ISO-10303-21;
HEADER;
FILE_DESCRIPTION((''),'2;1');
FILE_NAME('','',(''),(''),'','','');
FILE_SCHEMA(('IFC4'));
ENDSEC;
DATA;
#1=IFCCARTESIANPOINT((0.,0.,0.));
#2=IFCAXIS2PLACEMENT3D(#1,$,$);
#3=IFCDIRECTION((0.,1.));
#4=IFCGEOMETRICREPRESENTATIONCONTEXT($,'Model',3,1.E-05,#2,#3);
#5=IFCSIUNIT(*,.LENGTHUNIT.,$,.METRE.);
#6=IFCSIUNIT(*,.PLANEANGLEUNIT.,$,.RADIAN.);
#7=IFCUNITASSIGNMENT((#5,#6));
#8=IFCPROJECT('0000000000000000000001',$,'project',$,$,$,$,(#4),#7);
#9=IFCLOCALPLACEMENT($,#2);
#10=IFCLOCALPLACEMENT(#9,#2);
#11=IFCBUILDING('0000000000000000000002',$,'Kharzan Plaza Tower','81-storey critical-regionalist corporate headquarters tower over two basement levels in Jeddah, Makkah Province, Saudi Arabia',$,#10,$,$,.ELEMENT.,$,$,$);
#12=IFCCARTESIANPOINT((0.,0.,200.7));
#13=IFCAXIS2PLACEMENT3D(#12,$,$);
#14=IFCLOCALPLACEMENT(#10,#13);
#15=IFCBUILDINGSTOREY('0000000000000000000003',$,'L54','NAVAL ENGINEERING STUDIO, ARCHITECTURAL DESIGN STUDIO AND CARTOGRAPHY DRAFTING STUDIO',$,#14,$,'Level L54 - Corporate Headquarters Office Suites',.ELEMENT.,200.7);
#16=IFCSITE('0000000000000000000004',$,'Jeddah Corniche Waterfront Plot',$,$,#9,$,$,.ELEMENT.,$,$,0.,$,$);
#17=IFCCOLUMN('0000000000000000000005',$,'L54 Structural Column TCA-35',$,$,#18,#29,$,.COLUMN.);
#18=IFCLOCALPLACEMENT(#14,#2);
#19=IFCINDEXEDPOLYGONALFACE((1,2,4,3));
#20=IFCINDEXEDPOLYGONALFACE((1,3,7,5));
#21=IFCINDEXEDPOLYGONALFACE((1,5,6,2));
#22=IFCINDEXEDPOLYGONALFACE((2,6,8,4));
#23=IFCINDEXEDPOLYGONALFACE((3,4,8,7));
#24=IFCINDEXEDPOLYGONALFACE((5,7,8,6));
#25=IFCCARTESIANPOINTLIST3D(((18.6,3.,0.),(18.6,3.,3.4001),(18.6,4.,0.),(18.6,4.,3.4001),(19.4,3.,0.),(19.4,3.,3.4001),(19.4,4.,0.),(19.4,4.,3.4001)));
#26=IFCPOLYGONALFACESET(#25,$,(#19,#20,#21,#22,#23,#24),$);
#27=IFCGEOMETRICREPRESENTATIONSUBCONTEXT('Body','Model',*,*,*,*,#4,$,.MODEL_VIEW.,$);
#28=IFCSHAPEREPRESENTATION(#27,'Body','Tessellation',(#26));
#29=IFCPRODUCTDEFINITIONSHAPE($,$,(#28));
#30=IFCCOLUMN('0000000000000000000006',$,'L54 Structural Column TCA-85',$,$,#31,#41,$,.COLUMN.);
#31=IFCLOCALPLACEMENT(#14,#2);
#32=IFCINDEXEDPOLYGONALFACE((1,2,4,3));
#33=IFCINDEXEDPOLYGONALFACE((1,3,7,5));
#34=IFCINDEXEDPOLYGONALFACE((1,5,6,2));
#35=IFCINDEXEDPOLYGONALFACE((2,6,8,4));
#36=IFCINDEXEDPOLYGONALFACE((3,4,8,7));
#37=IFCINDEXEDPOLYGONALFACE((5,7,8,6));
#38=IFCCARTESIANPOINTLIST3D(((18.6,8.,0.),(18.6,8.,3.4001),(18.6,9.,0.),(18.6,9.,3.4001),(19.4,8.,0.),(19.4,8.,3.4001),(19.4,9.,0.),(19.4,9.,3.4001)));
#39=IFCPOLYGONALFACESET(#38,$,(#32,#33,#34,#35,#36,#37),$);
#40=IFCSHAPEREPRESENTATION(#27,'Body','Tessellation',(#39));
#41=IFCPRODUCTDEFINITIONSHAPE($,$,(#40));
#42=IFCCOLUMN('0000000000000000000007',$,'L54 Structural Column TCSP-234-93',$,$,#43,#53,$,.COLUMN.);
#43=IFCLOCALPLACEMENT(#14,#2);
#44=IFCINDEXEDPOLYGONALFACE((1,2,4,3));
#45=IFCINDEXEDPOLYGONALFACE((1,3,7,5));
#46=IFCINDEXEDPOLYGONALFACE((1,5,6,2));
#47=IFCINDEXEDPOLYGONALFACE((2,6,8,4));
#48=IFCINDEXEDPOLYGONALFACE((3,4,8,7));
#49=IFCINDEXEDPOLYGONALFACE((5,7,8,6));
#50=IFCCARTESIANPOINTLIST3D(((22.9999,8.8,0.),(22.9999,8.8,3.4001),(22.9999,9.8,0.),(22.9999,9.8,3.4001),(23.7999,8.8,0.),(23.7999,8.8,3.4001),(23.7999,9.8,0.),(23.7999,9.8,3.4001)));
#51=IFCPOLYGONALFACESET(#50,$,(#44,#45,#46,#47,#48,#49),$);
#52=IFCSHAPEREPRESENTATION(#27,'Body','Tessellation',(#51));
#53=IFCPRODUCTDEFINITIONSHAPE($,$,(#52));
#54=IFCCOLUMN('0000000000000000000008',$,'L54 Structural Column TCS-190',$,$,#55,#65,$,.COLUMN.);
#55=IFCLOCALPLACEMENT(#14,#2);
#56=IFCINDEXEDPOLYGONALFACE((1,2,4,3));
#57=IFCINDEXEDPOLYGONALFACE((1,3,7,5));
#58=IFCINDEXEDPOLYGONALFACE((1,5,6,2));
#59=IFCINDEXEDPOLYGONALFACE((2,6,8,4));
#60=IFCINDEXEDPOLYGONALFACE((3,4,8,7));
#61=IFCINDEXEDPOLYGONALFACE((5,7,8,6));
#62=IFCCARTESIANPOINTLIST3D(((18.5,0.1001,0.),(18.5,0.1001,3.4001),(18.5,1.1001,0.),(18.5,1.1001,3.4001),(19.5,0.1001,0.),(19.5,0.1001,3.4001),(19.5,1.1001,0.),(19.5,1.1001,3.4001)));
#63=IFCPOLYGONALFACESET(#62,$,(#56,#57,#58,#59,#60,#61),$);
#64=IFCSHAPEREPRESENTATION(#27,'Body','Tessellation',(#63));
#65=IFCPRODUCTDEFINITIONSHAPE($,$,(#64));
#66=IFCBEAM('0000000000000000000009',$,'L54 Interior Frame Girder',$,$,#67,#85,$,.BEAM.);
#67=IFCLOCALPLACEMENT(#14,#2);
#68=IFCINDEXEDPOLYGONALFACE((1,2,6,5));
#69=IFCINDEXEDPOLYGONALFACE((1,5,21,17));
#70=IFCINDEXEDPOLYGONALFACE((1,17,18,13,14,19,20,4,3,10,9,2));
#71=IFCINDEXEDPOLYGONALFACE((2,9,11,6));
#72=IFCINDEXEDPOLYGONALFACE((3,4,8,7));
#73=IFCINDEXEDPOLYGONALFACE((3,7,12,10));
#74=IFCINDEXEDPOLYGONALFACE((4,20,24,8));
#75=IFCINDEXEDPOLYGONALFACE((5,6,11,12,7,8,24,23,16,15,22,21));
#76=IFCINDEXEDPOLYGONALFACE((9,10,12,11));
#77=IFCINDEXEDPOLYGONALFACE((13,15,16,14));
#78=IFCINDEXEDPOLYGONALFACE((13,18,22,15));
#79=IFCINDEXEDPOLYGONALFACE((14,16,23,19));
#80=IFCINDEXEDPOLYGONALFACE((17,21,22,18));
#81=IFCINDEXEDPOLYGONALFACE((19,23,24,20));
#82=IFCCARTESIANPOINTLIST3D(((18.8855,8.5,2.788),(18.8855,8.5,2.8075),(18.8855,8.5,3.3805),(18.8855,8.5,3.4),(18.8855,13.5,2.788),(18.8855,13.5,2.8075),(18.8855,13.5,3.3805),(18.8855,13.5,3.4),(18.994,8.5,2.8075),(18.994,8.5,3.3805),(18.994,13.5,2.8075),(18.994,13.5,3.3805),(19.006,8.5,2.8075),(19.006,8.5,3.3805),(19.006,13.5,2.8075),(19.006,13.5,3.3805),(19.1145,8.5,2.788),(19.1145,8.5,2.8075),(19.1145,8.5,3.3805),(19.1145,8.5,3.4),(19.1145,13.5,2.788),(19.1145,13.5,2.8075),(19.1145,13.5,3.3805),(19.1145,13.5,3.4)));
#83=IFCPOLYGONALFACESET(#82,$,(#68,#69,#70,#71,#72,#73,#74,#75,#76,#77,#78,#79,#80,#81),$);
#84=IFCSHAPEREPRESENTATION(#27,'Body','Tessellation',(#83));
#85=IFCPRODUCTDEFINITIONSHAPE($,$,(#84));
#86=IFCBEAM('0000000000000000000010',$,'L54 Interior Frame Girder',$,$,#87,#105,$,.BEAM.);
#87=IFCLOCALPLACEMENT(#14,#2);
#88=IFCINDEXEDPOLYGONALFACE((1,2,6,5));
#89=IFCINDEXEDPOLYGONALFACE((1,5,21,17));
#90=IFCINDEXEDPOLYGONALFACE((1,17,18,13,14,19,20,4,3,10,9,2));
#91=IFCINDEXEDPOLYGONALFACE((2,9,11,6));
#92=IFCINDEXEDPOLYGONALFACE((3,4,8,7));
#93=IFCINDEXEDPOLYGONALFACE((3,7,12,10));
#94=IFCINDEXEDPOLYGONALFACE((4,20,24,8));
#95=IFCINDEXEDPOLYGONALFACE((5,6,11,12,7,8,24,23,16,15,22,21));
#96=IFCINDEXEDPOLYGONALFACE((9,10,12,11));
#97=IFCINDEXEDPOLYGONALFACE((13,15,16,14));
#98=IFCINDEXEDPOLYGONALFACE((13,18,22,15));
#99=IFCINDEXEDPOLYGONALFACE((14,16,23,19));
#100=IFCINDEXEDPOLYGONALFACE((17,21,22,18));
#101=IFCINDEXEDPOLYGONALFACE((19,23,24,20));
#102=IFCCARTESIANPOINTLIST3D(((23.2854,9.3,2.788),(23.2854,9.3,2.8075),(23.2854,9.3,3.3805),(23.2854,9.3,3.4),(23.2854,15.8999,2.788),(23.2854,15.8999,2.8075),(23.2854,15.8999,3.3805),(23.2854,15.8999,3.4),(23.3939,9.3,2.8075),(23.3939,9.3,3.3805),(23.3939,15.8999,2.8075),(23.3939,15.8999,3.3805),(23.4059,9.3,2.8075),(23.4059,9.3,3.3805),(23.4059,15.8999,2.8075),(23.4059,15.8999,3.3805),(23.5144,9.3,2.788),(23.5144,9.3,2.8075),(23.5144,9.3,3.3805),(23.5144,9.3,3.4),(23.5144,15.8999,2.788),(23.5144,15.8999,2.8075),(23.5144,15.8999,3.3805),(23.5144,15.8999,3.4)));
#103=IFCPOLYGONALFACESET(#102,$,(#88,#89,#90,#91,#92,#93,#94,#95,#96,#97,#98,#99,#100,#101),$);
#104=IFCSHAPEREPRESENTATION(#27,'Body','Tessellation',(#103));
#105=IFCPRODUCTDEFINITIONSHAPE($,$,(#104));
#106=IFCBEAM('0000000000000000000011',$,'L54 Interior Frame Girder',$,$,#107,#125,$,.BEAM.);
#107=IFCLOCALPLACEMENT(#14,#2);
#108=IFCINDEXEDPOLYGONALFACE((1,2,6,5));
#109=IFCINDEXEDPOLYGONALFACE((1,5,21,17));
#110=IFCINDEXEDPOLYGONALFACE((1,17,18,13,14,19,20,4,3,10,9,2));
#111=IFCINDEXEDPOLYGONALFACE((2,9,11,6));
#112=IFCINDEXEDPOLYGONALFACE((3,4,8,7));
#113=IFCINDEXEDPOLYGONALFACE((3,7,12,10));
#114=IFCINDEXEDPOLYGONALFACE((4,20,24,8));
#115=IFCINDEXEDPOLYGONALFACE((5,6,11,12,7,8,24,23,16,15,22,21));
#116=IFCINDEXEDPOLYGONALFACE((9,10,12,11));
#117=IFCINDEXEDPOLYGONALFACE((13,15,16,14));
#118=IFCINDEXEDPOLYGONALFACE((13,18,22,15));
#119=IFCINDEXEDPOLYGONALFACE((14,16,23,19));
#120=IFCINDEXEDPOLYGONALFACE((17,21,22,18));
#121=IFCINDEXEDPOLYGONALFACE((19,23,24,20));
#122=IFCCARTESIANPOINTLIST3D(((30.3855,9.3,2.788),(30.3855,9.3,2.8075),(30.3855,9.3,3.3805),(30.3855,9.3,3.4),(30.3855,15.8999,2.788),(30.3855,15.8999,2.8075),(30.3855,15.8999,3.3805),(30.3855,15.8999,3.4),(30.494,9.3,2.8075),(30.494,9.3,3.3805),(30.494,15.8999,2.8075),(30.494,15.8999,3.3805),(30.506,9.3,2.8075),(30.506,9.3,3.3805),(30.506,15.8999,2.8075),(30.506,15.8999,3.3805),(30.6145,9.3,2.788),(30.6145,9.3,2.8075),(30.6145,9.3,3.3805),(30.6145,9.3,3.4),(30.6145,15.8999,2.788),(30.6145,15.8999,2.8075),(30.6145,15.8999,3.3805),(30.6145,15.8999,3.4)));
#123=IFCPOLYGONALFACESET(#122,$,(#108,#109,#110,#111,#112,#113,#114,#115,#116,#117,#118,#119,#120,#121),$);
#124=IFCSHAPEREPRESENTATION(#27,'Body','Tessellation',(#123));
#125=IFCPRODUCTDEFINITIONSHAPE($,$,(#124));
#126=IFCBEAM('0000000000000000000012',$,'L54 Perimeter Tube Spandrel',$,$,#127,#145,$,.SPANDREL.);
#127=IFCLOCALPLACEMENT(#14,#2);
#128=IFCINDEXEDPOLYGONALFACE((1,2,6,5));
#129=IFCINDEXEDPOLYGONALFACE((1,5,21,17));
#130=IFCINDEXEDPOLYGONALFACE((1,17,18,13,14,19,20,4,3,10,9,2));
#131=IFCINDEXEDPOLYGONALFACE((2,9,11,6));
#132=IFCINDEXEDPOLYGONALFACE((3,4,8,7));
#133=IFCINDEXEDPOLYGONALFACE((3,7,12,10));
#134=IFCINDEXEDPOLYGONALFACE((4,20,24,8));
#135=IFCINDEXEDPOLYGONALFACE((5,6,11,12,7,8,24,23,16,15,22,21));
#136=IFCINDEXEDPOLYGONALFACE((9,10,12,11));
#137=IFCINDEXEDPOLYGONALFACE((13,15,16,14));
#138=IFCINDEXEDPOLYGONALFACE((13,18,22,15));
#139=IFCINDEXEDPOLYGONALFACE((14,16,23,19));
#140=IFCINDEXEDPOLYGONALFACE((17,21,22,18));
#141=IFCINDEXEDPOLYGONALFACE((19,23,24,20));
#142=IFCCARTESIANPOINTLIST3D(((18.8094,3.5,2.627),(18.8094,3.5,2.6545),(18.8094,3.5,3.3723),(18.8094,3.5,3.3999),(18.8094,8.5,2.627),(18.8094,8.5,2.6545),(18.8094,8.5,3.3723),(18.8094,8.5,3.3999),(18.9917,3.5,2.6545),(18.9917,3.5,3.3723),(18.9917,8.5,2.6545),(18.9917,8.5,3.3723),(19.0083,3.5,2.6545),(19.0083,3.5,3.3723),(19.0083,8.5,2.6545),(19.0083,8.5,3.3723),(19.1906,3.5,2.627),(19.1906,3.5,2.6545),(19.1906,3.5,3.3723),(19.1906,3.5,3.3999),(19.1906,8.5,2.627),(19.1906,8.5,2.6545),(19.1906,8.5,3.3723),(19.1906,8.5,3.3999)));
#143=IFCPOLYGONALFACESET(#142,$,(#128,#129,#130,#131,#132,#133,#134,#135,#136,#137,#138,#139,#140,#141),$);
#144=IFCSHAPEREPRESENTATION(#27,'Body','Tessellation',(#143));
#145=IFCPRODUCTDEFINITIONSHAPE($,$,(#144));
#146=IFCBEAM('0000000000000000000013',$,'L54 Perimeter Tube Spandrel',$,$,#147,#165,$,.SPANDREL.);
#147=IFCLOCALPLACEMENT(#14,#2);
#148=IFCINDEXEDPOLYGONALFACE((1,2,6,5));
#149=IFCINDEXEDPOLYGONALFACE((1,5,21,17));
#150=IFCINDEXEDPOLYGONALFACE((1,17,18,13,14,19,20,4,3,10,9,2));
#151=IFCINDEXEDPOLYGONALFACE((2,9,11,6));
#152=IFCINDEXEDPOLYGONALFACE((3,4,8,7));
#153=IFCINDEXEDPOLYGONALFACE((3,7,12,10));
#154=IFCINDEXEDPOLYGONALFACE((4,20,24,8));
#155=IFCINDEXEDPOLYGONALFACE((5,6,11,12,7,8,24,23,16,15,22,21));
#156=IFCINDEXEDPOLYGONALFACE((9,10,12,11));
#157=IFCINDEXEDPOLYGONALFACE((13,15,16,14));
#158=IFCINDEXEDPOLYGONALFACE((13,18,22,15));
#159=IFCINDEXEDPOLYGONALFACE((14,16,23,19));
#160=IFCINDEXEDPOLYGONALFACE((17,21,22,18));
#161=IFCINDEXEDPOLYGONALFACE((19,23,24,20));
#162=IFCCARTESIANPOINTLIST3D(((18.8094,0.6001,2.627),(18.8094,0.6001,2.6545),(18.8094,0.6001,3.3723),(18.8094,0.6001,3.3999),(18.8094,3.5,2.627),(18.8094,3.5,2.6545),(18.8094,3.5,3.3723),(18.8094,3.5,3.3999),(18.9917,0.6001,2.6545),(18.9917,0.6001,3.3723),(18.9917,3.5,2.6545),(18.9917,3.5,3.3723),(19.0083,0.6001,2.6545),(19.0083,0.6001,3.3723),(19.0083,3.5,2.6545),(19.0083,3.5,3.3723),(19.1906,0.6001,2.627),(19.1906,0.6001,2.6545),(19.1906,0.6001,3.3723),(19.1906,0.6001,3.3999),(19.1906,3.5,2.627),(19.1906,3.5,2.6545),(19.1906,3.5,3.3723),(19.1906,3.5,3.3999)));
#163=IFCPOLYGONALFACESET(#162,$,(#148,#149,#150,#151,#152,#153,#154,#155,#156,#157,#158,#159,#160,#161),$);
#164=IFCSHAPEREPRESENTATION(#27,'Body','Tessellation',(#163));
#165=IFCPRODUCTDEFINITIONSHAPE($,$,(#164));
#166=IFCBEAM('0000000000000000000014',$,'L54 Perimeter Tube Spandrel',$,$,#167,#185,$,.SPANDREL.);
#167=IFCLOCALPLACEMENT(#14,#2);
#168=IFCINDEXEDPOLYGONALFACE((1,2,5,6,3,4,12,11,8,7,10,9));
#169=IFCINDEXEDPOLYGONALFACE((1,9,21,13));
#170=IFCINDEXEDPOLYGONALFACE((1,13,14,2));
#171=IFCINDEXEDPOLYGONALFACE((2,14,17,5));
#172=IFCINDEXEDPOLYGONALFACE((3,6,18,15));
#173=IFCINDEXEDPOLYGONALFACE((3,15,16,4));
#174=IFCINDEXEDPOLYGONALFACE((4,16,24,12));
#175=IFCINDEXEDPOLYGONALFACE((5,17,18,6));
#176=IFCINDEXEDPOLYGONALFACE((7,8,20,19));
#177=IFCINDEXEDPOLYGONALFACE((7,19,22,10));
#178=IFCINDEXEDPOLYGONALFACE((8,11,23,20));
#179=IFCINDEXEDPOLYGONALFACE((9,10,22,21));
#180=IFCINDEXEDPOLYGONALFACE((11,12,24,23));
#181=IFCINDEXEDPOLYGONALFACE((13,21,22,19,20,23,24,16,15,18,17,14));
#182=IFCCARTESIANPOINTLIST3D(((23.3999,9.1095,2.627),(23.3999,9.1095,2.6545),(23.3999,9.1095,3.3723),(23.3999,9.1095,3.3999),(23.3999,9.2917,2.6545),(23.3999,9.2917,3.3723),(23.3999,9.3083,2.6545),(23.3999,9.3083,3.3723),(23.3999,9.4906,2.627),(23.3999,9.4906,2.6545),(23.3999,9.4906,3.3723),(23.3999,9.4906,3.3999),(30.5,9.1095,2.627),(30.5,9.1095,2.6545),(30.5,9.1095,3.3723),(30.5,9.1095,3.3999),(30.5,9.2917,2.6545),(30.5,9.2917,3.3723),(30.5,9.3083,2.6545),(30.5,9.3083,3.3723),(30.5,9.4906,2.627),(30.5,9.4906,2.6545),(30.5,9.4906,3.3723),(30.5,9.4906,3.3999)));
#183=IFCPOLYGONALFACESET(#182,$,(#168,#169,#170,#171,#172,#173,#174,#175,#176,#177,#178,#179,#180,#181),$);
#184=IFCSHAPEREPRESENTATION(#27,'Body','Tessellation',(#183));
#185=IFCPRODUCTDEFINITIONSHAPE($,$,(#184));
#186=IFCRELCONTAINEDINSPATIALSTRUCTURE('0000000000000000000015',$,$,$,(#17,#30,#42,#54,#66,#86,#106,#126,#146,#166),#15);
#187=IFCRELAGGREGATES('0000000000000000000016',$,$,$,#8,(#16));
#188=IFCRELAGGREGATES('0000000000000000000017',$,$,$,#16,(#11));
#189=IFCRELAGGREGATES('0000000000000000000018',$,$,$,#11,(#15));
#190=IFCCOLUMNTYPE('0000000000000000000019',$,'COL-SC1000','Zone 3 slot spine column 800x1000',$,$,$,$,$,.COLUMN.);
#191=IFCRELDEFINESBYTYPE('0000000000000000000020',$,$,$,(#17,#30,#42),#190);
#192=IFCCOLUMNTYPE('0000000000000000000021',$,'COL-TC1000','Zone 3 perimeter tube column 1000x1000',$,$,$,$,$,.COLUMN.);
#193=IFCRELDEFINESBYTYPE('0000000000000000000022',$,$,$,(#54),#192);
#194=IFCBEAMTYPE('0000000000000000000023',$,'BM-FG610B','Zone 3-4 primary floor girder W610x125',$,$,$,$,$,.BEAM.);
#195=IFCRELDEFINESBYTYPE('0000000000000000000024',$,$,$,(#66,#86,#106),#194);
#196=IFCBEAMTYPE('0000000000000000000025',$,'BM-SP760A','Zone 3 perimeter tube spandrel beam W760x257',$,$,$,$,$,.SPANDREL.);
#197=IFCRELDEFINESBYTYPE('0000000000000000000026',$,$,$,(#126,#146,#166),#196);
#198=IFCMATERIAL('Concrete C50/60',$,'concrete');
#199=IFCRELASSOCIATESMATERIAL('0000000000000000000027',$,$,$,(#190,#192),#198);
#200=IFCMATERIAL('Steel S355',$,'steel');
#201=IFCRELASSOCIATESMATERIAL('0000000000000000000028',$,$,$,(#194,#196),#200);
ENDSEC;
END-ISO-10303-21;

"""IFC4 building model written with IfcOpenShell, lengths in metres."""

from ifc_helpers import new_model, si_unit, direction, frame, origin, origin_2d, place, context, subcontext, project, spatial, rectangle, i_section, extrude, source, transform, mapped, material, material_profile, profile_set, type_object, element, save


model = new_model("IFC4")

# Units and contexts
model_context = context("Model", 3, precision=1e-05, world=origin(), true_north=direction((0.0, 1.0)))
body_context = subcontext(model_context, "Body", "Model", "MODEL_VIEW")
ifc_project = project(units=[si_unit("LENGTHUNIT", "METRE"), si_unit("PLANEANGLEUNIT", "RADIAN")], contexts=[model_context])

# Site, building, storey
site_placement = place(None, origin())
site = spatial("IfcSite", under=ifc_project, at=site_placement, Name="Jeddah Corniche Waterfront Plot", CompositionType="ELEMENT", RefElevation=0.0)
building_placement = place(site_placement, origin())
building = spatial("IfcBuilding", under=site, at=building_placement, Name="Kharzan Plaza Tower", Description="81-storey critical-regionalist corporate headquarters tower over two basement levels in Jeddah, Makkah Province, Saudi Arabia", CompositionType="ELEMENT")
storey_placement = place(building_placement, frame((0.0, 0.0, 200.7)))
storey = spatial("IfcBuildingStorey", under=building, at=storey_placement, Name="L54", Description="NAVAL ENGINEERING STUDIO, ARCHITECTURAL DESIGN STUDIO AND CARTOGRAPHY DRAFTING STUDIO", LongName="Level L54 - Corporate Headquarters Office Suites", CompositionType="ELEMENT", Elevation=200.7)

# Columns
ifc_material_1 = material(Name="Concrete C50/60", Category="concrete")
ifc_material_profile_1 = material_profile(ifc_material_1, rectangle(XDim=0.8, YDim=1.0, at=origin_2d()), Name="RC-SC1000x800")
ifc_profile_set_1 = profile_set([ifc_material_profile_1], Name="Concrete C50/60")
column_type_1 = type_object("IfcColumnType", Name="COL-SC1000", Description="Zone 3 slot spine column 800x1000", PredefinedType="COLUMN", material=ifc_profile_set_1)
shared_shape_1 = source(origin(), body_context, "Body", "SweptSolid", [
    extrude(rectangle(XDim=0.8, YDim=1.0, at=origin_2d()), origin(), (0.0, 0.0, 1.0), 3.4001),
])
for number, where, z_axis, x_axis, name in (
    (1, (19.0, 3.5, 0.0), (0.0, 0.0, 1.0), (1.0, 0.0, 0.0), "L54 Structural Column TCA-35"),
    (2, (19.0, 8.5, 0.0), (0.0, 0.0, 1.0), (1.0, 0.0, 0.0), "L54 Structural Column TCA-85"),
    (3, (23.3999, 9.3, 0.0), (0.0, 0.0, 1.0), (1.0, 0.0, 0.0), "L54 Structural Column TCSP-234-93"),
):
    element("IfcColumn", number, at=place(storey_placement, frame(where, z_axis=z_axis, x_axis=x_axis)), inside=storey, type_object=column_type_1, Name=name, PredefinedType="COLUMN", context=body_context, shape_type="MappedRepresentation", body=[
        mapped(shared_shape_1, transform((0.0, 0.0, 0.0), x_axis=(1.0, 0.0, 0.0), y_axis=(0.0, 1.0, 0.0), z_axis=(0.0, 0.0, 1.0))),
    ])
ifc_material_profile_2 = material_profile(ifc_material_1, rectangle(XDim=1.0, YDim=1.0, at=origin_2d()), Name="RC-TC1000x1000")
ifc_profile_set_2 = profile_set([ifc_material_profile_2], Name="Concrete C50/60")
column_type_2 = type_object("IfcColumnType", Name="COL-TC1000", Description="Zone 3 perimeter tube column 1000x1000", PredefinedType="COLUMN", material=ifc_profile_set_2)
shared_shape_2 = source(origin(), body_context, "Body", "SweptSolid", [
    extrude(rectangle(XDim=1.0, YDim=1.0, at=origin_2d()), origin(), (0.0, 0.0, 1.0), 3.4001),
])
column_placement = place(storey_placement, frame((19.0, 0.6001, 0.0), z_axis=(0.0, 0.0, 1.0), x_axis=(1.0, 0.0, 0.0)))
element("IfcColumn", 4, at=column_placement, inside=storey, type_object=column_type_2, Name="L54 Structural Column TCS-190", PredefinedType="COLUMN", context=body_context, shape_type="MappedRepresentation", body=[
    mapped(shared_shape_2, transform((0.0, 0.0, 0.0), x_axis=(1.0, 0.0, 0.0), y_axis=(0.0, 1.0, 0.0), z_axis=(0.0, 0.0, 1.0))),
])

# Beams
ifc_material_2 = material(Name="Steel S355", Category="steel")
ifc_material_profile_3 = material_profile(ifc_material_2, i_section(OverallWidth=0.229, OverallDepth=0.6121, WebThickness=0.012, FlangeThickness=0.0195, at=origin_2d()), Name="W610x125")
ifc_profile_set_3 = profile_set([ifc_material_profile_3], Name="Steel S355")
beam_type_1 = type_object("IfcBeamType", Name="BM-FG610B", Description="Zone 3-4 primary floor girder W610x125", PredefinedType="BEAM", material=ifc_profile_set_3)
shared_shape_3 = source(origin(), body_context, "Body", "SweptSolid", [
    extrude(i_section(OverallWidth=0.229, OverallDepth=0.6121, WebThickness=0.012, FlangeThickness=0.0195, at=origin_2d()), origin(), (0.0, 0.0, 1.0), 5.0),
])
beam_1_placement = place(storey_placement, frame((19.0, 8.5, 3.094), z_axis=(0.0, 1.0, 0.0), x_axis=(-1.0, 0.0, 0.0)))
element("IfcBeam", 5, at=beam_1_placement, inside=storey, type_object=beam_type_1, Name="L54 Interior Frame Girder", PredefinedType="BEAM", context=body_context, shape_type="MappedRepresentation", body=[
    mapped(shared_shape_3, transform((0.0, 0.0, 0.0), x_axis=(1.0, 0.0, 0.0), y_axis=(0.0, 1.0, 0.0), z_axis=(0.0, 0.0, 1.0))),
])
shared_shape_4 = source(origin(), body_context, "Body", "SweptSolid", [
    extrude(i_section(OverallWidth=0.229, OverallDepth=0.6121, WebThickness=0.012, FlangeThickness=0.0195, at=origin_2d()), origin(), (0.0, 0.0, 1.0), 6.5999),
])
for number, where, z_axis, x_axis, name in (
    (6, (23.3999, 9.3, 3.094), (0.0, 1.0, 0.0), (-1.0, 0.0, 0.0), "L54 Interior Frame Girder"),
    (7, (30.5, 9.3, 3.094), (0.0, 1.0, 0.0), (-1.0, 0.0, 0.0), "L54 Interior Frame Girder"),
):
    element("IfcBeam", number, at=place(storey_placement, frame(where, z_axis=z_axis, x_axis=x_axis)), inside=storey, type_object=beam_type_1, Name=name, PredefinedType="BEAM", context=body_context, shape_type="MappedRepresentation", body=[
        mapped(shared_shape_4, transform((0.0, 0.0, 0.0), x_axis=(1.0, 0.0, 0.0), y_axis=(0.0, 1.0, 0.0), z_axis=(0.0, 0.0, 1.0))),
    ])
ifc_material_profile_4 = material_profile(ifc_material_2, i_section(OverallWidth=0.3811, OverallDepth=0.7729, WebThickness=0.0166, FlangeThickness=0.0276, at=origin_2d()), Name="W760x257")
ifc_profile_set_4 = profile_set([ifc_material_profile_4], Name="Steel S355")
beam_type_2 = type_object("IfcBeamType", Name="BM-SP760A", Description="Zone 3 perimeter tube spandrel beam W760x257", PredefinedType="SPANDREL", material=ifc_profile_set_4)
shared_shape_5 = source(origin(), body_context, "Body", "SweptSolid", [
    extrude(i_section(OverallWidth=0.3811, OverallDepth=0.7729, WebThickness=0.0166, FlangeThickness=0.0276, at=origin_2d()), origin(), (0.0, 0.0, 1.0), 5.0),
])
beam_2_placement = place(storey_placement, frame((19.0, 3.5, 3.0134), z_axis=(0.0, 1.0, 0.0), x_axis=(-1.0, 0.0, 0.0)))
element("IfcBeam", 8, at=beam_2_placement, inside=storey, type_object=beam_type_2, Name="L54 Perimeter Tube Spandrel", PredefinedType="SPANDREL", context=body_context, shape_type="MappedRepresentation", body=[
    mapped(shared_shape_5, transform((0.0, 0.0, 0.0), x_axis=(1.0, 0.0, 0.0), y_axis=(0.0, 1.0, 0.0), z_axis=(0.0, 0.0, 1.0))),
])
shared_shape_6 = source(origin(), body_context, "Body", "SweptSolid", [
    extrude(i_section(OverallWidth=0.3811, OverallDepth=0.7729, WebThickness=0.0166, FlangeThickness=0.0276, at=origin_2d()), origin(), (0.0, 0.0, 1.0), 2.8999),
])
beam_3_placement = place(storey_placement, frame((19.0, 0.6001, 3.0134), z_axis=(0.0, 1.0, 0.0), x_axis=(-1.0, 0.0, 0.0)))
element("IfcBeam", 9, at=beam_3_placement, inside=storey, type_object=beam_type_2, Name="L54 Perimeter Tube Spandrel", PredefinedType="SPANDREL", context=body_context, shape_type="MappedRepresentation", body=[
    mapped(shared_shape_6, transform((0.0, 0.0, 0.0), x_axis=(1.0, 0.0, 0.0), y_axis=(0.0, 1.0, 0.0), z_axis=(0.0, 0.0, 1.0))),
])
shared_shape_7 = source(origin(), body_context, "Body", "SweptSolid", [
    extrude(i_section(OverallWidth=0.3811, OverallDepth=0.7729, WebThickness=0.0166, FlangeThickness=0.0276, at=origin_2d()), origin(), (0.0, 0.0, 1.0), 7.1001),
])
beam_4_placement = place(storey_placement, frame((23.3999, 9.3, 3.0134), z_axis=(1.0, 0.0, 0.0), x_axis=(0.0, 1.0, 0.0)))
element("IfcBeam", 10, at=beam_4_placement, inside=storey, type_object=beam_type_2, Name="L54 Perimeter Tube Spandrel", PredefinedType="SPANDREL", context=body_context, shape_type="MappedRepresentation", body=[
    mapped(shared_shape_7, transform((0.0, 0.0, 0.0), x_axis=(1.0, 0.0, 0.0), y_axis=(0.0, 1.0, 0.0), z_axis=(0.0, 0.0, 1.0))),
])

save(model, "model.ifc")
